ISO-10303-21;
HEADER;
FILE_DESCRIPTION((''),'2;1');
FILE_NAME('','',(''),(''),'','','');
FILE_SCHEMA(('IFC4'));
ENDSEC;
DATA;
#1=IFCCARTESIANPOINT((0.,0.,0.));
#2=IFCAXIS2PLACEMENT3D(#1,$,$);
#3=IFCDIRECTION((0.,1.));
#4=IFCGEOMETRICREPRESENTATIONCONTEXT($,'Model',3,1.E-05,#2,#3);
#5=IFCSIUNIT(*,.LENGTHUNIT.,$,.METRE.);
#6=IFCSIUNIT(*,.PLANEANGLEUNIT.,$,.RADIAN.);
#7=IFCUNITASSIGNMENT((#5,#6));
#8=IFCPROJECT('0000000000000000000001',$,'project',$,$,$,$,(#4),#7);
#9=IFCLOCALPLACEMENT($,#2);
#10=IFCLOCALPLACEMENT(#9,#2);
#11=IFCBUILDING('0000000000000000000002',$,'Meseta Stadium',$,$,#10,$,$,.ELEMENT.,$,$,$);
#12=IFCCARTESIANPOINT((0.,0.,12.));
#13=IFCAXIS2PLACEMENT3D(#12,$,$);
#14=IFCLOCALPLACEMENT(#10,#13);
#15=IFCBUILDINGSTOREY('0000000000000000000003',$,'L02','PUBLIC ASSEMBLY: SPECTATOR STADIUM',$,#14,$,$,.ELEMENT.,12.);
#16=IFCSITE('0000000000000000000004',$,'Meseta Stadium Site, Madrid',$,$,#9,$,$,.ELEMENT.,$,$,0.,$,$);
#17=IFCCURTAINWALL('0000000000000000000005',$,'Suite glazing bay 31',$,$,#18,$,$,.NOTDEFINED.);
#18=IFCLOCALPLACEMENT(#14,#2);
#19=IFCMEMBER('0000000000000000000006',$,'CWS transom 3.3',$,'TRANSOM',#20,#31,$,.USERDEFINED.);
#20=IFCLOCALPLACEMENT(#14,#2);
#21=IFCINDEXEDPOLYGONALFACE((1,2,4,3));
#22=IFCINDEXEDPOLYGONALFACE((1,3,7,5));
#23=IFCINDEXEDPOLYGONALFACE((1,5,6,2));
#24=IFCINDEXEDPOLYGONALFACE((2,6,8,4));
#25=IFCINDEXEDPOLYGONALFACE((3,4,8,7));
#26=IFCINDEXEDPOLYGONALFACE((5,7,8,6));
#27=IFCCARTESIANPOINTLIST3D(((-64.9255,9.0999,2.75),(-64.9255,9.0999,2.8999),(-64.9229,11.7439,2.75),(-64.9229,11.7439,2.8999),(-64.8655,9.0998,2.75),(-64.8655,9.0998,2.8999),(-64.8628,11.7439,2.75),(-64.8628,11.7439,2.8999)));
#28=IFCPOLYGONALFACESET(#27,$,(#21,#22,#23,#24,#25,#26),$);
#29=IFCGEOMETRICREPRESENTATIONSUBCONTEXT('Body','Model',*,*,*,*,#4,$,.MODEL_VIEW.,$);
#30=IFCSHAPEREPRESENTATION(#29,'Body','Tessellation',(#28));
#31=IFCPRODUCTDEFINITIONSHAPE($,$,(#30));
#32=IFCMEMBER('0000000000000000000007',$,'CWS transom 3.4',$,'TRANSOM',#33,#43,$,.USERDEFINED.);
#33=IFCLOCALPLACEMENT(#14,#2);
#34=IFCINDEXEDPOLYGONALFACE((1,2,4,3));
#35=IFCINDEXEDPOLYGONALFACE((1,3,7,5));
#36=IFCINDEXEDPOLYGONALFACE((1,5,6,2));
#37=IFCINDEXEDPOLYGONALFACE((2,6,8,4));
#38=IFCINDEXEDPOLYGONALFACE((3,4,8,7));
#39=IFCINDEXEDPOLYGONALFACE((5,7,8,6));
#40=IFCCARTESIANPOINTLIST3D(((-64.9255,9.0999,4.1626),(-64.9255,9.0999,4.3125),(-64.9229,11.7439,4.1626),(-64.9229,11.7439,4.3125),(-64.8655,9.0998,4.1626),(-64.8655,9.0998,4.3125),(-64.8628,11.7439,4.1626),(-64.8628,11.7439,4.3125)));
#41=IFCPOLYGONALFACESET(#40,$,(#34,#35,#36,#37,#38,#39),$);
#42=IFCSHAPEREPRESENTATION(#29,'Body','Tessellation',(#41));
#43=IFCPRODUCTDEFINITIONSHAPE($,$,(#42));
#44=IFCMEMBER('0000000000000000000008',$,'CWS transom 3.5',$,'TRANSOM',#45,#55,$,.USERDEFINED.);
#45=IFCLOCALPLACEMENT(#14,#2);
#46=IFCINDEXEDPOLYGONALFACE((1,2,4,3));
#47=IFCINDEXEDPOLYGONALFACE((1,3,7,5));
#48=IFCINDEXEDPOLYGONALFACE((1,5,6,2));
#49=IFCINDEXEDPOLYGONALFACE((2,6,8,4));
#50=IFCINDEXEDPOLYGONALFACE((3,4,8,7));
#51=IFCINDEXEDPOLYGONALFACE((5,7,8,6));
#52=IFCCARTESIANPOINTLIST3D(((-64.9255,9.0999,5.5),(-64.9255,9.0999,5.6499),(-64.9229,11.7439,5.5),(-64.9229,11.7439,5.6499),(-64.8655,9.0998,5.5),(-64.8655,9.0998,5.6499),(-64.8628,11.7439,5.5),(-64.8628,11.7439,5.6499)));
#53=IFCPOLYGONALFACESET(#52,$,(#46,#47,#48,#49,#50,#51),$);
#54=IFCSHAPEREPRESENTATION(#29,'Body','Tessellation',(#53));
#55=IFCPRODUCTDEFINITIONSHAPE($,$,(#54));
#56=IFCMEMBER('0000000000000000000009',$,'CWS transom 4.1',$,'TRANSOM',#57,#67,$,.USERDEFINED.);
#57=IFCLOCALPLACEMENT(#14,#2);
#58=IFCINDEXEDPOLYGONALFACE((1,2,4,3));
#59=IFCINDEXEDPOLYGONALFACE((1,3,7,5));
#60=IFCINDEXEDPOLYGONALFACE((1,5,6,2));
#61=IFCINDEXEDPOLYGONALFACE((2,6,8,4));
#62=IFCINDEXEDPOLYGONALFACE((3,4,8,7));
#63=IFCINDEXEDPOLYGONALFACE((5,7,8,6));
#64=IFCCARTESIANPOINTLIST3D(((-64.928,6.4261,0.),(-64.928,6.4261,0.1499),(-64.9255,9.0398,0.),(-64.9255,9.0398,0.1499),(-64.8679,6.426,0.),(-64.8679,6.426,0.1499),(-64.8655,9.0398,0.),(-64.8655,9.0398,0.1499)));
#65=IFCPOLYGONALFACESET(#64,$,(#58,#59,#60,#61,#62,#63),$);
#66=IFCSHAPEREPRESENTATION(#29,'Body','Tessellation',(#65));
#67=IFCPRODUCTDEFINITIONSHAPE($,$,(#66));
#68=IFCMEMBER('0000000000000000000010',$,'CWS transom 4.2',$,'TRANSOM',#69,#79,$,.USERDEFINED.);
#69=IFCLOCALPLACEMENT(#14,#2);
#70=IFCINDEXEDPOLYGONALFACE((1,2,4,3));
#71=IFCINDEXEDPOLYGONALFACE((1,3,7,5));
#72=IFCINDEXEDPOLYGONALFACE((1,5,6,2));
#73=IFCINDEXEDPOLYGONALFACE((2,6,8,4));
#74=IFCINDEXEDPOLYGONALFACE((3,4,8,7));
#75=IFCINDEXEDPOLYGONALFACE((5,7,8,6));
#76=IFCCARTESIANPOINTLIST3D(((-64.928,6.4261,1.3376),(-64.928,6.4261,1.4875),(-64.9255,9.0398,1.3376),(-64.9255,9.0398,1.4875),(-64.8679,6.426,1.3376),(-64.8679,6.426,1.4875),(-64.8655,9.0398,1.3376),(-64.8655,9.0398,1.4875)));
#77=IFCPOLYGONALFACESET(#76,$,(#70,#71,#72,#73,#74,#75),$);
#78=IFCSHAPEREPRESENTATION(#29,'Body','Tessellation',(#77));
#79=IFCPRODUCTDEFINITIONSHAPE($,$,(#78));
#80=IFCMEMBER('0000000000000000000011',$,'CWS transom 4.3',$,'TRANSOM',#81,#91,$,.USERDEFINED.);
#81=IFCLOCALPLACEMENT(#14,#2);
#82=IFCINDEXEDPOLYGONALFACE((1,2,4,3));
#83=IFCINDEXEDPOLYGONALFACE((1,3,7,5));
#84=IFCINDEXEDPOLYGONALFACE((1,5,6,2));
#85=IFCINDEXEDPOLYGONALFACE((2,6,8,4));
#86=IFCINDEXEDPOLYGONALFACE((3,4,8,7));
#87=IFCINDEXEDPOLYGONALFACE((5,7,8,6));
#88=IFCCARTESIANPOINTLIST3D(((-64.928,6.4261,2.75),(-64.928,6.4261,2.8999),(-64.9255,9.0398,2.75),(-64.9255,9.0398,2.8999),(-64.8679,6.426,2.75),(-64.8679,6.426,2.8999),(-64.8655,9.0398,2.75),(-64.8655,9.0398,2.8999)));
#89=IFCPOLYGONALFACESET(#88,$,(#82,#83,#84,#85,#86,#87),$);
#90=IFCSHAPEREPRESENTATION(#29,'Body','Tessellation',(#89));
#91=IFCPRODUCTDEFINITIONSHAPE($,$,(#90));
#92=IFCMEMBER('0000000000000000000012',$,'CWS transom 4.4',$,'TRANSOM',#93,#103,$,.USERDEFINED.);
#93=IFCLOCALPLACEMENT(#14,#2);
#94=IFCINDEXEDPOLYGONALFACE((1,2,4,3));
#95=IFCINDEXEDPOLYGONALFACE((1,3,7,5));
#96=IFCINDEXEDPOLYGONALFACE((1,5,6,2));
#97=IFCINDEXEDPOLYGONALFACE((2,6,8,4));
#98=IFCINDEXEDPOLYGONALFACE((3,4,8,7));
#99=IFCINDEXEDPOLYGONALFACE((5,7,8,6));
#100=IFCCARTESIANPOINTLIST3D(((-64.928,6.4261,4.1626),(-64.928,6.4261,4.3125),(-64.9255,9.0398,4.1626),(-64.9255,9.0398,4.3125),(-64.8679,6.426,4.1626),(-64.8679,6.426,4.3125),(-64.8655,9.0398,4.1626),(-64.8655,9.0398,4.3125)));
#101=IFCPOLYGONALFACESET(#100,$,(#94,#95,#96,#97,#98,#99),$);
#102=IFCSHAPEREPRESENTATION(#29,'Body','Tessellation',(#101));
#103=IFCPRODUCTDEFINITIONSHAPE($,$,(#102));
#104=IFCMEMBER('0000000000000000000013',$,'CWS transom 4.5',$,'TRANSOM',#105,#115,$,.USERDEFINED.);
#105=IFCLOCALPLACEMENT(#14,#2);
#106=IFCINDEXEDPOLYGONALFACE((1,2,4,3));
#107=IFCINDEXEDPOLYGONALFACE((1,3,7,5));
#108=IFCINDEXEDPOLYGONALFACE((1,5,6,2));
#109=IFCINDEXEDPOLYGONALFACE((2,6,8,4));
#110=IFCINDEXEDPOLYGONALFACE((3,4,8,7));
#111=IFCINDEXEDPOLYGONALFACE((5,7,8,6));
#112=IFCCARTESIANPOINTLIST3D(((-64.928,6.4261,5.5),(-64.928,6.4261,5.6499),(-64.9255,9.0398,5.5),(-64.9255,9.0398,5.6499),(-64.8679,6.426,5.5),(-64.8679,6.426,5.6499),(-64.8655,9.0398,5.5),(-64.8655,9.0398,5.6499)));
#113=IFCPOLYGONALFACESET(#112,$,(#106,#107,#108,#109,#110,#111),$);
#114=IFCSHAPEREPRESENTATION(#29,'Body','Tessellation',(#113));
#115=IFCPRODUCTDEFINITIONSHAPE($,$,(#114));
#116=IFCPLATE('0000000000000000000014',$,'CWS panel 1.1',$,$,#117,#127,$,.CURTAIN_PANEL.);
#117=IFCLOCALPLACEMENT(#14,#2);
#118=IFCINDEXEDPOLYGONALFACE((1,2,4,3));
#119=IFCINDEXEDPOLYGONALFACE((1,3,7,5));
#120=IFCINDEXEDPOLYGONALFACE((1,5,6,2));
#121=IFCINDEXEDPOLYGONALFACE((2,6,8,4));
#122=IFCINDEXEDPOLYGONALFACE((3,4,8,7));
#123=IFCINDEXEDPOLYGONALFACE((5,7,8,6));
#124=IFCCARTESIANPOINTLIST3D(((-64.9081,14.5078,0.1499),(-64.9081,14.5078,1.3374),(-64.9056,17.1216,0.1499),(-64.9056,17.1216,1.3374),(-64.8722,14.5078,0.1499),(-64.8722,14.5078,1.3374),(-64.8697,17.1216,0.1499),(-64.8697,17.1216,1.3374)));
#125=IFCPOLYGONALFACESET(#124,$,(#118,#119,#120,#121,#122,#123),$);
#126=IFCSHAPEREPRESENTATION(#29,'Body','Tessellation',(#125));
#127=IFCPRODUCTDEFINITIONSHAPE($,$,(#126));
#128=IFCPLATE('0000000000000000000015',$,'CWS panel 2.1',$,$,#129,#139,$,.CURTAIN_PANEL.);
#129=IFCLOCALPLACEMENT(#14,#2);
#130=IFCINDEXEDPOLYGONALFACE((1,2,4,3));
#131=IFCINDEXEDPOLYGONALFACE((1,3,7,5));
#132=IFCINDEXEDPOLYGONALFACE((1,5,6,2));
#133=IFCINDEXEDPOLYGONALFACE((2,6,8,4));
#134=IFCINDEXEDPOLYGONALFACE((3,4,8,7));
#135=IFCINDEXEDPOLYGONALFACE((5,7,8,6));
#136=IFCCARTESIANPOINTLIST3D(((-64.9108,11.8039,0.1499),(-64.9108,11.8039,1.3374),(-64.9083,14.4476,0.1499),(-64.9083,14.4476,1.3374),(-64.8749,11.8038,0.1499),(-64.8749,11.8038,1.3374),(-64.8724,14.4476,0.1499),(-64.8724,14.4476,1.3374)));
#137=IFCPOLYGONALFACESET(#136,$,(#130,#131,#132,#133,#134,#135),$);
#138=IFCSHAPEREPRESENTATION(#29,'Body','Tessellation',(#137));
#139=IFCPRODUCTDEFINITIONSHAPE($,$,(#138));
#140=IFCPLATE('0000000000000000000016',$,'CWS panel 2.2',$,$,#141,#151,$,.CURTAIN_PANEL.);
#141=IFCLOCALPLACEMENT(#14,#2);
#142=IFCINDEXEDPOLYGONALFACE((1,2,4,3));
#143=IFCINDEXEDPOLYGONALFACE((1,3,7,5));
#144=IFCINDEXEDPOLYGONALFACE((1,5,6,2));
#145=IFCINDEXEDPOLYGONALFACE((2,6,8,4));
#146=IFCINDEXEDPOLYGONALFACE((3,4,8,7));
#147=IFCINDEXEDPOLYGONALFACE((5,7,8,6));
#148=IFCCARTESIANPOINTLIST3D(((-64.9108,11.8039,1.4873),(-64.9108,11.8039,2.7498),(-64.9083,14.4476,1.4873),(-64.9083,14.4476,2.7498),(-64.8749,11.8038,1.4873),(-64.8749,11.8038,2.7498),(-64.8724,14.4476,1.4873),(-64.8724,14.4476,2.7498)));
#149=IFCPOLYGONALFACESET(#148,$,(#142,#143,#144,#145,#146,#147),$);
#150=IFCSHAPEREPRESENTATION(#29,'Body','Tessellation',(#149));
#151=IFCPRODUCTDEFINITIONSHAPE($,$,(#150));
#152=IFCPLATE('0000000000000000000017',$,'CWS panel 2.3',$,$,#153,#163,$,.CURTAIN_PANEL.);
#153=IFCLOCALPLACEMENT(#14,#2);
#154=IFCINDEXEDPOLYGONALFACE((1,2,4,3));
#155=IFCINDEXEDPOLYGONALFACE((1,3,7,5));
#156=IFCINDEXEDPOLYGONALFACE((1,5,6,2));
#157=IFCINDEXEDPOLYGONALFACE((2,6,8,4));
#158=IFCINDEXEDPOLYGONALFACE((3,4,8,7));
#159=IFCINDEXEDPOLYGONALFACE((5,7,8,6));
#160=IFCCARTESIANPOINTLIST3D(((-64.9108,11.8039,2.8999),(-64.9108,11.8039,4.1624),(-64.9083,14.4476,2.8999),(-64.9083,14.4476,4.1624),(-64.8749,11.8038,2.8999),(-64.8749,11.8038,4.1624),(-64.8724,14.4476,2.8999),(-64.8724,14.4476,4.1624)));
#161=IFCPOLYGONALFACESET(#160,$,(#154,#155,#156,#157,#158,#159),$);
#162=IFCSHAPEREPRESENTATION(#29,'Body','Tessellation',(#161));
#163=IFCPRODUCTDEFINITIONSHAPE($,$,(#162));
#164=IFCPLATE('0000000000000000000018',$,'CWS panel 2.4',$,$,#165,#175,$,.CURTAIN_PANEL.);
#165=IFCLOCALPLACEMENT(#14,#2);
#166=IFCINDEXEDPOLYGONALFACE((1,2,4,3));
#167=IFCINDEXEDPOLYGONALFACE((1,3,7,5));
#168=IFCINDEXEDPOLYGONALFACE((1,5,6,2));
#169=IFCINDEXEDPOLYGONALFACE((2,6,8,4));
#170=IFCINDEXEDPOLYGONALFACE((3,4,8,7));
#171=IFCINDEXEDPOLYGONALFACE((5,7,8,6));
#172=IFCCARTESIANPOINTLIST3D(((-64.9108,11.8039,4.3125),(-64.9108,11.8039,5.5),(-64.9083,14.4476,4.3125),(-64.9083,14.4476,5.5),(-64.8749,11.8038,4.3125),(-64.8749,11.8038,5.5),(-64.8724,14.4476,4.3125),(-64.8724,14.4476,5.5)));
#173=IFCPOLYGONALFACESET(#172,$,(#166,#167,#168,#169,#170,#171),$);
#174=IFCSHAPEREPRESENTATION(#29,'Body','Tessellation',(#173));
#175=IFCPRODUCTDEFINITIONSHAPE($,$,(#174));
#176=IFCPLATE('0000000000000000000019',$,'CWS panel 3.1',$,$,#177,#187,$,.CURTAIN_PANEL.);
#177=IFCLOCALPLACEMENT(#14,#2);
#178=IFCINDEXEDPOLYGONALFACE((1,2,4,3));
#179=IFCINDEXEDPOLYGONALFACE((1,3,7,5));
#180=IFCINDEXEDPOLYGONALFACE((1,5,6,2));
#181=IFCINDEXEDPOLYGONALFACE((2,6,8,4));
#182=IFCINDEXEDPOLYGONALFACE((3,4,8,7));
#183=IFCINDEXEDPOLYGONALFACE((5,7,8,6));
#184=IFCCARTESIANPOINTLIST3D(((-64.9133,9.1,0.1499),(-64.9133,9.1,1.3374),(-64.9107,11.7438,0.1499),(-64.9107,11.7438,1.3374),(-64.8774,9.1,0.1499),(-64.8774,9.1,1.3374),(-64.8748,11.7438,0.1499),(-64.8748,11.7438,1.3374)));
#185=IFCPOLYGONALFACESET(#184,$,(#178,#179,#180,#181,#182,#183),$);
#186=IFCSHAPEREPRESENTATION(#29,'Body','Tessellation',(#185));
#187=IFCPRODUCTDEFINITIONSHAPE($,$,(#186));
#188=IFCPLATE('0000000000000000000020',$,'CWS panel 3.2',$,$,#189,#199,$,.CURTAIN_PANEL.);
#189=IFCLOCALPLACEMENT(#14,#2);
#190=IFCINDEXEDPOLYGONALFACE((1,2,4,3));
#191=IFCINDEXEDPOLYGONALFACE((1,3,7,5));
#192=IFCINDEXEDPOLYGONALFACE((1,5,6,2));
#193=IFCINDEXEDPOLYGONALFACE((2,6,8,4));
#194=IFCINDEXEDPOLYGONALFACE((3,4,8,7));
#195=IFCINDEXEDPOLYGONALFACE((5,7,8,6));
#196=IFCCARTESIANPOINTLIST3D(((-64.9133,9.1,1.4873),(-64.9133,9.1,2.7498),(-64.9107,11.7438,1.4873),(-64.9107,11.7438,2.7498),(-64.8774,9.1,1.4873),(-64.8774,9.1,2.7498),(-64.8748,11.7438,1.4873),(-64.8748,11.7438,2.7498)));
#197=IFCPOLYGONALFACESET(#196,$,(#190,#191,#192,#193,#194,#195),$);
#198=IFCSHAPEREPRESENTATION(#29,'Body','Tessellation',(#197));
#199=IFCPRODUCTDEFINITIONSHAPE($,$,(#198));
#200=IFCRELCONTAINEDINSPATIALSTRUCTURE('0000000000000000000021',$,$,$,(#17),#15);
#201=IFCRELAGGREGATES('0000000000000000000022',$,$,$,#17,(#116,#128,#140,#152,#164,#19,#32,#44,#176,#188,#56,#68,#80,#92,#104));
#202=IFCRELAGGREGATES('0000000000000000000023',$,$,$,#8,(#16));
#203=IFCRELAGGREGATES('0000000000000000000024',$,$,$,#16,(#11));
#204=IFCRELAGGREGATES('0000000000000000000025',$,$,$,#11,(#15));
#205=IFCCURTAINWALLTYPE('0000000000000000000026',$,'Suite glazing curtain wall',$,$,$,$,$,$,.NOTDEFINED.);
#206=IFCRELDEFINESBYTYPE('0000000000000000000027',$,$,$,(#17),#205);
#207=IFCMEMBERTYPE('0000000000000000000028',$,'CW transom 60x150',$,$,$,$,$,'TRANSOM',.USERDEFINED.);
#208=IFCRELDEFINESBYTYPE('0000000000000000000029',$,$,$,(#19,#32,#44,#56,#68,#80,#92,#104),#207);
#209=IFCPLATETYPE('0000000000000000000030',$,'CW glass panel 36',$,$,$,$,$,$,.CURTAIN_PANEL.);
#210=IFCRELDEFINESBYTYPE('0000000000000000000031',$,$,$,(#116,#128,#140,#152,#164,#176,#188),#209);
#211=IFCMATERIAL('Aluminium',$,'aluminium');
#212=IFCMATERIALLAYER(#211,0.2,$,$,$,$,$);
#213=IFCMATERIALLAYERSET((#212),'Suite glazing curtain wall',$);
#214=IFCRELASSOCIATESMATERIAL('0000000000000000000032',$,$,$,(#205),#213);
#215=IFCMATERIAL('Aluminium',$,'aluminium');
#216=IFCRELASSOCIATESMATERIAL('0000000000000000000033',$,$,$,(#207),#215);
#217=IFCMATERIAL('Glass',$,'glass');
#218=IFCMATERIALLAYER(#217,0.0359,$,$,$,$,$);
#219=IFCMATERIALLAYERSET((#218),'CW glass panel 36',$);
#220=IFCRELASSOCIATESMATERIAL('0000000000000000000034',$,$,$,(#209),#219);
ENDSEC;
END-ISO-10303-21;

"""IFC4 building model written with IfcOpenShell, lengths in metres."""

from ifc_helpers import new_model, si_unit, direction, frame, origin, origin_2d, place, context, subcontext, project, spatial, rectangle, extrude, material, layer, layer_set, material_profile, profile_set, type_object, element, aggregate, save


model = new_model("IFC4")

# Units and contexts
model_context = context("Model", 3, precision=1e-05, world=origin(), true_north=direction((0.0, 1.0)))
body_context = subcontext(model_context, "Body", "Model", "MODEL_VIEW")
ifc_project = project(units=[si_unit("LENGTHUNIT", "METRE"), si_unit("PLANEANGLEUNIT", "RADIAN")], contexts=[model_context])

# Site, building, storey
site_placement = place(None, origin())
site = spatial("IfcSite", under=ifc_project, at=site_placement, Name="Meseta Stadium Site, Madrid", CompositionType="ELEMENT", RefElevation=0.0)
building_placement = place(site_placement, origin())
building = spatial("IfcBuilding", under=site, at=building_placement, Name="Meseta Stadium", CompositionType="ELEMENT")
storey_placement = place(building_placement, frame((0.0, 0.0, 12.0)))
storey = spatial("IfcBuildingStorey", under=building, at=storey_placement, Name="L02", Description="PUBLIC ASSEMBLY: SPECTATOR STADIUM", CompositionType="ELEMENT", Elevation=12.0)

# Curtain wall, members, plates
ifc_material_1 = material(Name="Aluminium", Category="aluminium")
ifc_layer_1 = layer(ifc_material_1, 0.2)
ifc_layer_set_1 = layer_set([ifc_layer_1], Name="Suite glazing curtain wall")
curtain_wall_type = type_object("IfcCurtainWallType", Name="Suite glazing curtain wall", PredefinedType="NOTDEFINED", material=ifc_layer_set_1)
curtain_wall_placement = place(storey_placement, origin())
curtain_wall = element("IfcCurtainWall", 1, at=curtain_wall_placement, inside=storey, type_object=curtain_wall_type, Name="Suite glazing bay 31", PredefinedType="NOTDEFINED")
ifc_material_2 = material(Name="Aluminium", Category="aluminium")
ifc_material_profile_1 = material_profile(ifc_material_2, rectangle(XDim=0.0601, YDim=0.1499, at=origin_2d()), Name="CW 60x150")
ifc_profile_set_1 = profile_set([ifc_material_profile_1], Name="Aluminium")
member_type_1 = type_object("IfcMemberType", Name="CW transom 60x150", ElementType="TRANSOM", PredefinedType="USERDEFINED", material=ifc_profile_set_1)
member_1_placement = place(storey_placement, frame((-64.8928, 11.7439, 2.825), z_axis=(-0.001016, -0.999999, 0.0), x_axis=(0.999999, -0.001016, 0.0)))
member_1 = element("IfcMember", 2, at=member_1_placement, type_object=member_type_1, Name="CWS transom 3.3", ObjectType="TRANSOM", PredefinedType="USERDEFINED", context=body_context, shape_type="SweptSolid", body=[
    extrude(rectangle(XDim=0.0601, YDim=0.1499, at=origin_2d()), origin(), (0.0, 0.0, 1.0), 2.644),
])
member_2_placement = place(storey_placement, frame((-64.8928, 11.7439, 4.2375), z_axis=(-0.001016, -0.999999, 0.0), x_axis=(0.999999, -0.001016, 0.0)))
member_2 = element("IfcMember", 3, at=member_2_placement, type_object=member_type_1, Name="CWS transom 3.4", ObjectType="TRANSOM", PredefinedType="USERDEFINED", context=body_context, shape_type="SweptSolid", body=[
    extrude(rectangle(XDim=0.0601, YDim=0.1499, at=origin_2d()), origin(), (0.0, 0.0, 1.0), 2.644),
])
member_3_placement = place(storey_placement, frame((-64.8928, 11.7439, 5.575), z_axis=(-0.001016, -0.999999, 0.0), x_axis=(0.999999, -0.001016, 0.0)))
member_3 = element("IfcMember", 4, at=member_3_placement, type_object=member_type_1, Name="CWS transom 3.5", ObjectType="TRANSOM", PredefinedType="USERDEFINED", context=body_context, shape_type="SweptSolid", body=[
    extrude(rectangle(XDim=0.0601, YDim=0.1499, at=origin_2d()), origin(), (0.0, 0.0, 1.0), 2.644),
])
member_4_placement = place(storey_placement, frame((-64.8955, 9.0398, 0.075), z_axis=(-0.000934, -1.0, 0.0), x_axis=(1.0, -0.000934, 0.0)))
member_4 = element("IfcMember", 5, at=member_4_placement, type_object=member_type_1, Name="CWS transom 4.1", ObjectType="TRANSOM", PredefinedType="USERDEFINED", context=body_context, shape_type="SweptSolid", body=[
    extrude(rectangle(XDim=0.0601, YDim=0.1499, at=origin_2d()), origin(), (0.0, 0.0, 1.0), 2.6138),
])
member_5_placement = place(storey_placement, frame((-64.8955, 9.0398, 1.4126), z_axis=(-0.000934, -1.0, 0.0), x_axis=(1.0, -0.000934, 0.0)))
member_5 = element("IfcMember", 6, at=member_5_placement, type_object=member_type_1, Name="CWS transom 4.2", ObjectType="TRANSOM", PredefinedType="USERDEFINED", context=body_context, shape_type="SweptSolid", body=[
    extrude(rectangle(XDim=0.0601, YDim=0.1499, at=origin_2d()), origin(), (0.0, 0.0, 1.0), 2.6138),
])
member_6_placement = place(storey_placement, frame((-64.8955, 9.0398, 2.825), z_axis=(-0.000934, -1.0, 0.0), x_axis=(1.0, -0.000934, 0.0)))
member_6 = element("IfcMember", 7, at=member_6_placement, type_object=member_type_1, Name="CWS transom 4.3", ObjectType="TRANSOM", PredefinedType="USERDEFINED", context=body_context, shape_type="SweptSolid", body=[
    extrude(rectangle(XDim=0.0601, YDim=0.1499, at=origin_2d()), origin(), (0.0, 0.0, 1.0), 2.6138),
])
member_7_placement = place(storey_placement, frame((-64.8955, 9.0398, 4.2375), z_axis=(-0.000934, -1.0, 0.0), x_axis=(1.0, -0.000934, 0.0)))
member_7 = element("IfcMember", 8, at=member_7_placement, type_object=member_type_1, Name="CWS transom 4.4", ObjectType="TRANSOM", PredefinedType="USERDEFINED", context=body_context, shape_type="SweptSolid", body=[
    extrude(rectangle(XDim=0.0601, YDim=0.1499, at=origin_2d()), origin(), (0.0, 0.0, 1.0), 2.6138),
])
member_8_placement = place(storey_placement, frame((-64.8955, 9.0398, 5.575), z_axis=(-0.000934, -1.0, 0.0), x_axis=(1.0, -0.000934, 0.0)))
member_8 = element("IfcMember", 9, at=member_8_placement, type_object=member_type_1, Name="CWS transom 4.5", ObjectType="TRANSOM", PredefinedType="USERDEFINED", context=body_context, shape_type="SweptSolid", body=[
    extrude(rectangle(XDim=0.0601, YDim=0.1499, at=origin_2d()), origin(), (0.0, 0.0, 1.0), 2.6138),
])
ifc_material_3 = material(Name="Glass", Category="glass")
ifc_layer_2 = layer(ifc_material_3, 0.0359)
ifc_layer_set_2 = layer_set([ifc_layer_2], Name="CW glass panel 36")
plate_type = type_object("IfcPlateType", Name="CW glass panel 36", PredefinedType="CURTAIN_PANEL", material=ifc_layer_set_2)
plate_1_placement = place(storey_placement, frame((-64.8889, 15.8147, 0.1499), z_axis=(0.0, 0.0, 1.0), x_axis=(-0.000975, -1.0, 0.0)))
plate_1 = element("IfcPlate", 10, at=plate_1_placement, type_object=plate_type, Name="CWS panel 1.1", PredefinedType="CURTAIN_PANEL", context=body_context, shape_type="SweptSolid", body=[
    extrude(rectangle(XDim=2.6138, YDim=0.0359, at=origin_2d()), origin(), (0.0, 0.0, 1.0), 1.1875),
])
plate_2_placement = place(storey_placement, frame((-64.8916, 13.1257, 0.1499), z_axis=(0.0, 0.0, 1.0), x_axis=(-0.000975, -1.0, 0.0)))
plate_2 = element("IfcPlate", 11, at=plate_2_placement, type_object=plate_type, Name="CWS panel 2.1", PredefinedType="CURTAIN_PANEL", context=body_context, shape_type="SweptSolid", body=[
    extrude(rectangle(XDim=2.6438, YDim=0.0359, at=origin_2d()), origin(), (0.0, 0.0, 1.0), 1.1875),
])
plate_3_placement = place(storey_placement, frame((-64.8916, 13.1257, 1.4873), z_axis=(0.0, 0.0, 1.0), x_axis=(-0.000975, -1.0, 0.0)))
plate_3 = element("IfcPlate", 12, at=plate_3_placement, type_object=plate_type, Name="CWS panel 2.2", PredefinedType="CURTAIN_PANEL", context=body_context, shape_type="SweptSolid", body=[
    extrude(rectangle(XDim=2.6438, YDim=0.0359, at=origin_2d()), origin(), (0.0, 0.0, 1.0), 1.2625),
])
plate_4_placement = place(storey_placement, frame((-64.8916, 13.1257, 2.8999), z_axis=(0.0, 0.0, 1.0), x_axis=(-0.000975, -1.0, 0.0)))
plate_4 = element("IfcPlate", 13, at=plate_4_placement, type_object=plate_type, Name="CWS panel 2.3", PredefinedType="CURTAIN_PANEL", context=body_context, shape_type="SweptSolid", body=[
    extrude(rectangle(XDim=2.6438, YDim=0.0359, at=origin_2d()), origin(), (0.0, 0.0, 1.0), 1.2625),
])
plate_5_placement = place(storey_placement, frame((-64.8916, 13.1257, 4.3125), z_axis=(0.0, 0.0, 1.0), x_axis=(-0.000975, -1.0, 0.0)))
plate_5 = element("IfcPlate", 14, at=plate_5_placement, type_object=plate_type, Name="CWS panel 2.4", PredefinedType="CURTAIN_PANEL", context=body_context, shape_type="SweptSolid", body=[
    extrude(rectangle(XDim=2.6438, YDim=0.0359, at=origin_2d()), origin(), (0.0, 0.0, 1.0), 1.1875),
])
plate_6_placement = place(storey_placement, frame((-64.894, 10.4219, 0.1499), z_axis=(0.0, 0.0, 1.0), x_axis=(-0.000975, -1.0, 0.0)))
plate_6 = element("IfcPlate", 15, at=plate_6_placement, type_object=plate_type, Name="CWS panel 3.1", PredefinedType="CURTAIN_PANEL", context=body_context, shape_type="SweptSolid", body=[
    extrude(rectangle(XDim=2.6438, YDim=0.0359, at=origin_2d()), origin(), (0.0, 0.0, 1.0), 1.1875),
])
plate_7_placement = place(storey_placement, frame((-64.894, 10.4219, 1.4873), z_axis=(0.0, 0.0, 1.0), x_axis=(-0.000975, -1.0, 0.0)))
plate_7 = element("IfcPlate", 16, at=plate_7_placement, type_object=plate_type, Name="CWS panel 3.2", PredefinedType="CURTAIN_PANEL", context=body_context, shape_type="SweptSolid", body=[
    extrude(rectangle(XDim=2.6438, YDim=0.0359, at=origin_2d()), origin(), (0.0, 0.0, 1.0), 1.2625),
])
aggregate(curtain_wall, [plate_1, plate_2, plate_3, plate_4, plate_5, member_1, member_2, member_3, plate_6, plate_7, member_4, member_5, member_6, member_7, member_8])

save(model, "model.ifc")
